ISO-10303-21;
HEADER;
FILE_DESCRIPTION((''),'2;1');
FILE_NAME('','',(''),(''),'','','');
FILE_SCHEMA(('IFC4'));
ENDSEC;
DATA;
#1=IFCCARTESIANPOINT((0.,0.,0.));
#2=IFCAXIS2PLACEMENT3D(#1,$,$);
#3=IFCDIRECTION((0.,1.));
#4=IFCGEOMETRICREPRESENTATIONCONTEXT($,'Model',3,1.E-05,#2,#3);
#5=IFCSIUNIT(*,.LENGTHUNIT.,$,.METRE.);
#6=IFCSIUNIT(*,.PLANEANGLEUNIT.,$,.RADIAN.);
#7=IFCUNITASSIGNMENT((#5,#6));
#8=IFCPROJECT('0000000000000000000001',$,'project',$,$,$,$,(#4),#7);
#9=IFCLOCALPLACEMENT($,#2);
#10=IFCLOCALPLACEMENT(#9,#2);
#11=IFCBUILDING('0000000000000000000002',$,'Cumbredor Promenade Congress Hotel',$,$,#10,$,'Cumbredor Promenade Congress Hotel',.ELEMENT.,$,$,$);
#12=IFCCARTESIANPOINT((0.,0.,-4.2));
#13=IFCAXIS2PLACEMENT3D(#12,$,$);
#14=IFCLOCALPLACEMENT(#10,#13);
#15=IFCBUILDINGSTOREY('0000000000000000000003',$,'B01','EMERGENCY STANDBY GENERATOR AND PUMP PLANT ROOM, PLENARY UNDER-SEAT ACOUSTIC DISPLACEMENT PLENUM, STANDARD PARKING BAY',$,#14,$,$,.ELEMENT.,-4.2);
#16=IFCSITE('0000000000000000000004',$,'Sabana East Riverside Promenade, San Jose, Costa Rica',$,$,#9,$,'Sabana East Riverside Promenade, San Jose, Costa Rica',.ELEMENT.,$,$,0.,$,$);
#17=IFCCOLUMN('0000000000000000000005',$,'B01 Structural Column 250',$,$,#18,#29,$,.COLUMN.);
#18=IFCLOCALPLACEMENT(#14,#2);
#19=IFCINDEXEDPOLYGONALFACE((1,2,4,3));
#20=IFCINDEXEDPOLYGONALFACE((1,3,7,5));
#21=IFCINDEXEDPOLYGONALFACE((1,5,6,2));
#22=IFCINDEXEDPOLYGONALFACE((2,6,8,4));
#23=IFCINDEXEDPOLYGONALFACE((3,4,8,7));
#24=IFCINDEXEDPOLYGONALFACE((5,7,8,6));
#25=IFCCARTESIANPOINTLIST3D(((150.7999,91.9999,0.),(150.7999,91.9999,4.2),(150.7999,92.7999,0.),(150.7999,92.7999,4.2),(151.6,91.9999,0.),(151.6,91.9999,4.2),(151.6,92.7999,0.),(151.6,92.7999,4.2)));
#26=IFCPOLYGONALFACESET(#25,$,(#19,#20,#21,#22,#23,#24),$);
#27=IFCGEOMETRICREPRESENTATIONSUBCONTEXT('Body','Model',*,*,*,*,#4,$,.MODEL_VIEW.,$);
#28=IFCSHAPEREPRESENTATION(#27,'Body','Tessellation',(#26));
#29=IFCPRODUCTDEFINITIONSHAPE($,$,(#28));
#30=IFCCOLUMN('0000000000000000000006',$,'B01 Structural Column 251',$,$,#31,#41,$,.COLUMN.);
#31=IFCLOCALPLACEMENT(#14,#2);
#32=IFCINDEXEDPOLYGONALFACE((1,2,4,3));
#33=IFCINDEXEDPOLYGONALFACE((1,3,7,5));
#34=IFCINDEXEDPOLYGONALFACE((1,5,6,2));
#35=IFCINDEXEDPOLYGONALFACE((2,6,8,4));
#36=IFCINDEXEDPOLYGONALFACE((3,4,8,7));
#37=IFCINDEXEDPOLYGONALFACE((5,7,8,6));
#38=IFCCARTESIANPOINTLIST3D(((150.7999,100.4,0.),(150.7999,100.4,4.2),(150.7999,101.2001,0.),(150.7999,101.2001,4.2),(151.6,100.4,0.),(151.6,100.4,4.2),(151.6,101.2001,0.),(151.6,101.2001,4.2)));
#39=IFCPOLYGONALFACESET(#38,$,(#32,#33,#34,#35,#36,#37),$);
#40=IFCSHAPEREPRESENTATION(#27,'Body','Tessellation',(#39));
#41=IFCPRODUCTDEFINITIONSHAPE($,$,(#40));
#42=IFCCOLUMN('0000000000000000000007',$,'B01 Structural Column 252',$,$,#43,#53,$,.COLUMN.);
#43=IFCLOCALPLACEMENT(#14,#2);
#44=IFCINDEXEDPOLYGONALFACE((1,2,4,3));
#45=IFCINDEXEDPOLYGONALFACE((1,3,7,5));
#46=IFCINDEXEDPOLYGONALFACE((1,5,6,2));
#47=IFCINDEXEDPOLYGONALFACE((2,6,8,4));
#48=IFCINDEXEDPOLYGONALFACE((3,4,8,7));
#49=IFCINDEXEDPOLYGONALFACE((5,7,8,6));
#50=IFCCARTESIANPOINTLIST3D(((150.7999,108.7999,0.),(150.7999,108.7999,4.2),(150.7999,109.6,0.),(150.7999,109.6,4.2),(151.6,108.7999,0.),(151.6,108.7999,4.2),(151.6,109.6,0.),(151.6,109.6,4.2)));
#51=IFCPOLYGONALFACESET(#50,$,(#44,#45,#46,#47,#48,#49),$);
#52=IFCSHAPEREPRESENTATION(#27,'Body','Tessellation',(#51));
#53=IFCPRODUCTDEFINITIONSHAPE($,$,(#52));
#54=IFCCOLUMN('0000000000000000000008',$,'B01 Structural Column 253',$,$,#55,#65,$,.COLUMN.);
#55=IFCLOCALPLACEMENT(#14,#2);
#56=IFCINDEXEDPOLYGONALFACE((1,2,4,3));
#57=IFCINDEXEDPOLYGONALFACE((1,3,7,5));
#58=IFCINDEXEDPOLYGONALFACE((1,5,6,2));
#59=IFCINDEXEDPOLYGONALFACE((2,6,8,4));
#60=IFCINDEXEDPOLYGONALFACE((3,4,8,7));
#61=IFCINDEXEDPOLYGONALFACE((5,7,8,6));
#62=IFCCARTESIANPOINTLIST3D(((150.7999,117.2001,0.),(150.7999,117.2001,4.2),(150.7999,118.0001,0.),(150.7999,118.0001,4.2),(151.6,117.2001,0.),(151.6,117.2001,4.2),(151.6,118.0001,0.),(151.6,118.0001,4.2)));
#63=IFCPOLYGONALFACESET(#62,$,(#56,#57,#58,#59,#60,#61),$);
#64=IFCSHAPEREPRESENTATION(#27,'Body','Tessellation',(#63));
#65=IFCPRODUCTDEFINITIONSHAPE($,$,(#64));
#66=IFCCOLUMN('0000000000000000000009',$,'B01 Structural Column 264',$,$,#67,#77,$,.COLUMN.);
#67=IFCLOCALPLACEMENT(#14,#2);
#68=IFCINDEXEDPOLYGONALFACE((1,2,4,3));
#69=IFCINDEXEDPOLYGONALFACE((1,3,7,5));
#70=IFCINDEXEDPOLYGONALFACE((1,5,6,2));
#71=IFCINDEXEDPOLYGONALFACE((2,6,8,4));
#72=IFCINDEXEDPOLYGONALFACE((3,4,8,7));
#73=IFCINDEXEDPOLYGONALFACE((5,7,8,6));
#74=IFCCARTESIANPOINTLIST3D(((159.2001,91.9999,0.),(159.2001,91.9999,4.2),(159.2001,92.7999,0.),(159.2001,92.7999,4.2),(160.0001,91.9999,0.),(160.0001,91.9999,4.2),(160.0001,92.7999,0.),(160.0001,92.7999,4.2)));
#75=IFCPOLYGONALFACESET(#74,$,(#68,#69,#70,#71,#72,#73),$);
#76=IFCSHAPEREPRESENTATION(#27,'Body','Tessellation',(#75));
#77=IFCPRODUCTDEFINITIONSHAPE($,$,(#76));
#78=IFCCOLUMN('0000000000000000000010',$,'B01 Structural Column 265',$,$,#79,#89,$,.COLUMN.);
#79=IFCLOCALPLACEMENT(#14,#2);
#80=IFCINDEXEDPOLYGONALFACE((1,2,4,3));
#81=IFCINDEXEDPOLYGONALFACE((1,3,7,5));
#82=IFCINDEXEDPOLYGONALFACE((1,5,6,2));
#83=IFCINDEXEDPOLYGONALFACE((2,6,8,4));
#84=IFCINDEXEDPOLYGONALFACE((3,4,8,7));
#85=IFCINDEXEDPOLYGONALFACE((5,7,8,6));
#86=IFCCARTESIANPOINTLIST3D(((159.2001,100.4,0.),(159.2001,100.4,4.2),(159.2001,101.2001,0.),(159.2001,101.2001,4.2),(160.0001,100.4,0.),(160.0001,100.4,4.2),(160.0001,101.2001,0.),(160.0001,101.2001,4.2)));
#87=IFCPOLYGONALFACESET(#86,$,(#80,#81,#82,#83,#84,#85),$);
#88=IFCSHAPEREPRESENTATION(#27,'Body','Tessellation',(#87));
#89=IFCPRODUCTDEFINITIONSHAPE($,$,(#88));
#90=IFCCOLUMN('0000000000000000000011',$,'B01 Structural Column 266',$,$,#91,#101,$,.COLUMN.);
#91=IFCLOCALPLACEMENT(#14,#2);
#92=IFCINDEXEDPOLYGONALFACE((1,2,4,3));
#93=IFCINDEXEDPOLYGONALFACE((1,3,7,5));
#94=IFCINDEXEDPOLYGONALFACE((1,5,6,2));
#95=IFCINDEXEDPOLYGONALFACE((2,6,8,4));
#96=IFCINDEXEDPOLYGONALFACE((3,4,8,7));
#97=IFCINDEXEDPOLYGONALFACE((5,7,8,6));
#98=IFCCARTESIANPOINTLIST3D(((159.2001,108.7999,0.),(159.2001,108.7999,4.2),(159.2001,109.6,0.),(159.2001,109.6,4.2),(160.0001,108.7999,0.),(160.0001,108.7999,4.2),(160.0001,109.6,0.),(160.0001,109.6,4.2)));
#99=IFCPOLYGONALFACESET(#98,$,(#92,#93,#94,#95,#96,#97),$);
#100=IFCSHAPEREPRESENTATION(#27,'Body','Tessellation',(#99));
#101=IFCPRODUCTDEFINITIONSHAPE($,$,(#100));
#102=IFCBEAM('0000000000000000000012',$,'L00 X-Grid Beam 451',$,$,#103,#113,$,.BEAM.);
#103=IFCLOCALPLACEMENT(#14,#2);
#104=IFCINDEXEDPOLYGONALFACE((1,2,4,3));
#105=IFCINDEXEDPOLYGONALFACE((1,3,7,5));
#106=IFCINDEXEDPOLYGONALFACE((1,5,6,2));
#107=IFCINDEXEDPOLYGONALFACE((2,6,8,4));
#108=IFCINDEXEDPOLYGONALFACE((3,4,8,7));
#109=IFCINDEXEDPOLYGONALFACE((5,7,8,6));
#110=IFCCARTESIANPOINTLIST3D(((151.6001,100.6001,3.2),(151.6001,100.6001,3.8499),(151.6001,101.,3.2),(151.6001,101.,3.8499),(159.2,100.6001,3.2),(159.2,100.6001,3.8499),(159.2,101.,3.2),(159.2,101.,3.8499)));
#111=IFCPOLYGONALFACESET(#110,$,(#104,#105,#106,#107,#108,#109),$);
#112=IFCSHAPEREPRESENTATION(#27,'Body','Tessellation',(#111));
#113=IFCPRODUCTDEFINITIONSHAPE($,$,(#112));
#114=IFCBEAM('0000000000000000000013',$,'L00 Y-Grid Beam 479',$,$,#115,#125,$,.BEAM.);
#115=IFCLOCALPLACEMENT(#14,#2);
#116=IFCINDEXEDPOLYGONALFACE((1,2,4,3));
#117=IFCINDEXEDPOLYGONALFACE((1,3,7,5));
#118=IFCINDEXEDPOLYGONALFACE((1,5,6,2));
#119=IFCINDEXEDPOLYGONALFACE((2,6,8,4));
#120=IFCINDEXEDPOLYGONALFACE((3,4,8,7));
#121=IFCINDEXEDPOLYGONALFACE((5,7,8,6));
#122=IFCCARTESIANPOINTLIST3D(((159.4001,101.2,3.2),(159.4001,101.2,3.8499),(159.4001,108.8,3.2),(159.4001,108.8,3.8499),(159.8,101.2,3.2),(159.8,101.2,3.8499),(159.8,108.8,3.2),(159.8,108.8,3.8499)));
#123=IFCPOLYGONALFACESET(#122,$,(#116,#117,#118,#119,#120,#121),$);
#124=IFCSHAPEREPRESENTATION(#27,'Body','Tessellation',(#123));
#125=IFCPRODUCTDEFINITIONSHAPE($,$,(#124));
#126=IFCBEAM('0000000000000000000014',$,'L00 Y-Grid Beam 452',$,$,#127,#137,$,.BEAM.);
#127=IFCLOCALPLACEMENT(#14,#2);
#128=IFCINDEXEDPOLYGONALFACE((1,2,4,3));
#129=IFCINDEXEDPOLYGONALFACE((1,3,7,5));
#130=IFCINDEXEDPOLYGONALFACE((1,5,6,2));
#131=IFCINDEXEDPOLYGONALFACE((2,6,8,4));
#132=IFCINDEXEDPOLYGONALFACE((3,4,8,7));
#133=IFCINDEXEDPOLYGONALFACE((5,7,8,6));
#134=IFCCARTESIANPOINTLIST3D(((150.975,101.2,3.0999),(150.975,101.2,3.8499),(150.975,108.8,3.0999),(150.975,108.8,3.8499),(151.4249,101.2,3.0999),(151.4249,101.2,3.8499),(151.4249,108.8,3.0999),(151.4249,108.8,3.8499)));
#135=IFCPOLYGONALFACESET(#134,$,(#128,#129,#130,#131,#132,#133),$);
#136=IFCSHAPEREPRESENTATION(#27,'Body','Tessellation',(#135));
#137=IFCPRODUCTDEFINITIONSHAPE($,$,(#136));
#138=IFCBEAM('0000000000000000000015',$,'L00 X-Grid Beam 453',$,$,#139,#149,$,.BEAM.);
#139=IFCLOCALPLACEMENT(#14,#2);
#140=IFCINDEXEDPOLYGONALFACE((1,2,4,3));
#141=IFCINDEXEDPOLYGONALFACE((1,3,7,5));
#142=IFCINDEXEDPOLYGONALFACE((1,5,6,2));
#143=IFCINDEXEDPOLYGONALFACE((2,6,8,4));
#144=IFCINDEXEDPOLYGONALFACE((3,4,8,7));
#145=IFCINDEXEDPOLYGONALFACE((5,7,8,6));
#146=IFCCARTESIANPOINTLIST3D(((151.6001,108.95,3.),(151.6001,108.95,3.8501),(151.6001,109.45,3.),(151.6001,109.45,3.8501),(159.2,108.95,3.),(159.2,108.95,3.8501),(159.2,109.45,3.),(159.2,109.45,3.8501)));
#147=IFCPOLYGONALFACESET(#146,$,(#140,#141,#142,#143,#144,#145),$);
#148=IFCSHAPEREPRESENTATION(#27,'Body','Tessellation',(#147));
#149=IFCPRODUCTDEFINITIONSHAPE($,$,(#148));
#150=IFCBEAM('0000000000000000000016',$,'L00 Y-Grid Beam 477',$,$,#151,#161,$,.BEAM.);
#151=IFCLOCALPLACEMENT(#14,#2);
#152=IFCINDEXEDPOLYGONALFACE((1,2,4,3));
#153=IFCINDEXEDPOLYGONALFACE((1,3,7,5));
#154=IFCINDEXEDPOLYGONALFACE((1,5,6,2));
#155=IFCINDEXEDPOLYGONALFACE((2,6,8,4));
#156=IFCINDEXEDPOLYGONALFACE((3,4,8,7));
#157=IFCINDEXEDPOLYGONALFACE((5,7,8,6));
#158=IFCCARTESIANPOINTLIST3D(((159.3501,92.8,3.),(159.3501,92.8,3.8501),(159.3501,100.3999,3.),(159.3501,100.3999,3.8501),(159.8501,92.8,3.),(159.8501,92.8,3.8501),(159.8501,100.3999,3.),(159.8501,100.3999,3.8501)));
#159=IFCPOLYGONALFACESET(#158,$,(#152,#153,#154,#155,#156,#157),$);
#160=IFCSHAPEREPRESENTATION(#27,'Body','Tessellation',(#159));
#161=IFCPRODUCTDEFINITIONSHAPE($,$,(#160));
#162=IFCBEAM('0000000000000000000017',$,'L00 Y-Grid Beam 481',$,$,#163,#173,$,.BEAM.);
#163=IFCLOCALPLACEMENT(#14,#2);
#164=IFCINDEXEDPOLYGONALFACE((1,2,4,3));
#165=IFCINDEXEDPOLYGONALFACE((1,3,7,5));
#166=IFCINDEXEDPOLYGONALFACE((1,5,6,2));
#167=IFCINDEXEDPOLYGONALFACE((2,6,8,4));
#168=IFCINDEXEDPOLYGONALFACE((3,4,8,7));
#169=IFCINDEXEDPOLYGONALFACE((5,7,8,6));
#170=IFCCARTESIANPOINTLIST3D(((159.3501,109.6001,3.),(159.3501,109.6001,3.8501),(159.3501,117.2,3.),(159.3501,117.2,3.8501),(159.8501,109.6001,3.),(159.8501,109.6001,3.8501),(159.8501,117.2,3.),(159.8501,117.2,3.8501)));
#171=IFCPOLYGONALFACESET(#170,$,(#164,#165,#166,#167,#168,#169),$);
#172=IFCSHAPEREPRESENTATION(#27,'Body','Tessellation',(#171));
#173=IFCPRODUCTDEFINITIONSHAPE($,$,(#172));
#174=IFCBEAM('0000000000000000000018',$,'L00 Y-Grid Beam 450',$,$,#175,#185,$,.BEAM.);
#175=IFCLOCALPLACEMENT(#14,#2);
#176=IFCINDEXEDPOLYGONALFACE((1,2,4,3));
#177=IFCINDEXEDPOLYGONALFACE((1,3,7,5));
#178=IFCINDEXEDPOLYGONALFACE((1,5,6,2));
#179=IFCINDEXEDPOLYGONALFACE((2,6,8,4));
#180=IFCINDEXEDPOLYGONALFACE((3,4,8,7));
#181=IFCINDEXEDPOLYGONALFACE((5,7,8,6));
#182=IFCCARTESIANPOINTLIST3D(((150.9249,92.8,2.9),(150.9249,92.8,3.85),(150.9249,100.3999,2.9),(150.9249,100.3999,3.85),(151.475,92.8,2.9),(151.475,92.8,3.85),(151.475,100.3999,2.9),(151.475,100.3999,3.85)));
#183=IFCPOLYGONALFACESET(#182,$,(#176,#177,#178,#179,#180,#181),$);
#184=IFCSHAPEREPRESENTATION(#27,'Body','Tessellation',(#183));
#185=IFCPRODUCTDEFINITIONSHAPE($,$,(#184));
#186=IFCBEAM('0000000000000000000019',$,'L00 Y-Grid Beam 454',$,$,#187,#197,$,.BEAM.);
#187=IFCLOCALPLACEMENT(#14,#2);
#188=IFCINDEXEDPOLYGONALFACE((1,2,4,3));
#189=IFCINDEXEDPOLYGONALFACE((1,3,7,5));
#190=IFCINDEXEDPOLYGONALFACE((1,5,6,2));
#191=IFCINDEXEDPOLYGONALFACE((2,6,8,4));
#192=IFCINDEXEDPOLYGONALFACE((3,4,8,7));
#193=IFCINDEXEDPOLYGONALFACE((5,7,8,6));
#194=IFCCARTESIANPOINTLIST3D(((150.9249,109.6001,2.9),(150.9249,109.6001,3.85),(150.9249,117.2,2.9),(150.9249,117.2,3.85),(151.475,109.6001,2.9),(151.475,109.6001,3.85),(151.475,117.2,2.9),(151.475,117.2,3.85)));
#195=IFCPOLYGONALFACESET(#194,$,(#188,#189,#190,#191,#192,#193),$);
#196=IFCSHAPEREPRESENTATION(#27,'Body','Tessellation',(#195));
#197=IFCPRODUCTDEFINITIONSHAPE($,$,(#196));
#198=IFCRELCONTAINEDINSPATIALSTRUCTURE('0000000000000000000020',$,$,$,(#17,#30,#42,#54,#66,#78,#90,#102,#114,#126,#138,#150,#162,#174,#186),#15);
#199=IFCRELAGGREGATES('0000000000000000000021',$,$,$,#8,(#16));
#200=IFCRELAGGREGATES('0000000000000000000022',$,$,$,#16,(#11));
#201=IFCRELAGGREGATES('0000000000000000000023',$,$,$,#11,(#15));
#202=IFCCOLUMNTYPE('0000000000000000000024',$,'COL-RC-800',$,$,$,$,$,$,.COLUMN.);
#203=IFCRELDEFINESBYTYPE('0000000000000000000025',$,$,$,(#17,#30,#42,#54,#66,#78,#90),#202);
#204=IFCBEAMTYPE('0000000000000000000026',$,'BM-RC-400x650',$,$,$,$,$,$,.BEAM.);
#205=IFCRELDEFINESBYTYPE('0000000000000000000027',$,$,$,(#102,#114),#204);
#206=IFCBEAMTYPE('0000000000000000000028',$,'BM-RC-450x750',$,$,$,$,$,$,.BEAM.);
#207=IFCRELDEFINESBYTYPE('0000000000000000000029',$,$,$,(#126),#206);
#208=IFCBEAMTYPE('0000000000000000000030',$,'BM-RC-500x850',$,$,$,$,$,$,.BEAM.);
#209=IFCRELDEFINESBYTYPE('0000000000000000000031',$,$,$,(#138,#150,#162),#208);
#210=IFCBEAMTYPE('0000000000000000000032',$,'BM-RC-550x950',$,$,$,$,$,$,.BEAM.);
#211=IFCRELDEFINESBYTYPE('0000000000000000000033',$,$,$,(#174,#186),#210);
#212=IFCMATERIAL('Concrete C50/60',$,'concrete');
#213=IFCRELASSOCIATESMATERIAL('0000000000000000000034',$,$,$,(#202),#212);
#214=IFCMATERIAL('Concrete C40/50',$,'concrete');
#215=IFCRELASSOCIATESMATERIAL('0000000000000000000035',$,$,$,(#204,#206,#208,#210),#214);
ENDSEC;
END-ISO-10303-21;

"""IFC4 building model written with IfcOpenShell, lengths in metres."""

from ifc_helpers import new_model, si_unit, direction, frame, origin, origin_2d, place, context, subcontext, project, spatial, rectangle, extrude, material, material_profile, profile_set, type_object, element, save


model = new_model("IFC4")

# Units and contexts
model_context = context("Model", 3, precision=1e-05, world=origin(), true_north=direction((0.0, 1.0)))
body_context = subcontext(model_context, "Body", "Model", "MODEL_VIEW")
ifc_project = project(units=[si_unit("LENGTHUNIT", "METRE"), si_unit("PLANEANGLEUNIT", "RADIAN")], contexts=[model_context])

# Site, building, storey
site_placement = place(None, origin())
site = spatial("IfcSite", under=ifc_project, at=site_placement, Name="Sabana East Riverside Promenade, San Jose, Costa Rica", LongName="Sabana East Riverside Promenade, San Jose, Costa Rica", CompositionType="ELEMENT", RefElevation=0.0)
building_placement = place(site_placement, origin())
building = spatial("IfcBuilding", under=site, at=building_placement, Name="Cumbredor Promenade Congress Hotel", LongName="Cumbredor Promenade Congress Hotel", CompositionType="ELEMENT")
storey_placement = place(building_placement, frame((0.0, 0.0, -4.2)))
storey = spatial("IfcBuildingStorey", under=building, at=storey_placement, Name="B01", Description="EMERGENCY STANDBY GENERATOR AND PUMP PLANT ROOM, PLENARY UNDER-SEAT ACOUSTIC DISPLACEMENT PLENUM, STANDARD PARKING BAY", CompositionType="ELEMENT", Elevation=-4.2)

# Columns
ifc_material_1 = material(Name="Concrete C50/60", Category="concrete")
ifc_material_profile_1 = material_profile(ifc_material_1, rectangle(XDim=0.8, YDim=0.8, at=origin_2d()), Name="RC 800x800")
ifc_profile_set_1 = profile_set([ifc_material_profile_1], Name="Concrete C50/60")
column_type = type_object("IfcColumnType", Name="COL-RC-800", PredefinedType="COLUMN", material=ifc_profile_set_1)
for number, where, z_axis, x_axis, name in (
    (1, (151.2, 92.3999, 0.0), (0.0, 0.0, 1.0), (1.0, 0.0, 0.0), "B01 Structural Column 250"),
    (2, (151.2, 100.8, 0.0), (0.0, 0.0, 1.0), (1.0, 0.0, 0.0), "B01 Structural Column 251"),
    (3, (151.2, 109.2, 0.0), (0.0, 0.0, 1.0), (1.0, 0.0, 0.0), "B01 Structural Column 252"),
    (4, (151.2, 117.6001, 0.0), (0.0, 0.0, 1.0), (1.0, 0.0, 0.0), "B01 Structural Column 253"),
    (5, (159.6001, 92.3999, 0.0), (0.0, 0.0, 1.0), (1.0, 0.0, 0.0), "B01 Structural Column 264"),
    (6, (159.6001, 100.8, 0.0), (0.0, 0.0, 1.0), (1.0, 0.0, 0.0), "B01 Structural Column 265"),
    (7, (159.6001, 109.2, 0.0), (0.0, 0.0, 1.0), (1.0, 0.0, 0.0), "B01 Structural Column 266"),
):
    element("IfcColumn", number, at=place(storey_placement, frame(where, z_axis=z_axis, x_axis=x_axis)), inside=storey, type_object=column_type, Name=name, PredefinedType="COLUMN", context=body_context, shape_type="SweptSolid", body=[
        extrude(rectangle(XDim=0.8, YDim=0.8, at=origin_2d()), origin(), (0.0, 0.0, 1.0), 4.2),
    ])

# Beams
ifc_material_2 = material(Name="Concrete C40/50", Category="concrete")
ifc_material_profile_2 = material_profile(ifc_material_2, rectangle(XDim=0.3999, YDim=0.6499, at=origin_2d()), Name="RC BEAM 400x650")
ifc_profile_set_2 = profile_set([ifc_material_profile_2], Name="Concrete C40/50")
beam_type_1 = type_object("IfcBeamType", Name="BM-RC-400x650", PredefinedType="BEAM", material=ifc_profile_set_2)
beam_1_placement = place(storey_placement, frame((151.6001, 100.8, 3.5249), z_axis=(1.0, 0.0, 0.0), x_axis=(0.0, 1.0, 0.0)))
element("IfcBeam", 8, at=beam_1_placement, inside=storey, type_object=beam_type_1, Name="L00 X-Grid Beam 451", PredefinedType="BEAM", context=body_context, shape_type="SweptSolid", body=[
    extrude(rectangle(XDim=0.3999, YDim=0.6499, at=origin_2d()), origin(), (0.0, 0.0, 1.0), 7.5999),
])
beam_2_placement = place(storey_placement, frame((159.6001, 101.2, 3.5249), z_axis=(0.0, 1.0, 0.0), x_axis=(-1.0, 0.0, 0.0)))
element("IfcBeam", 9, at=beam_2_placement, inside=storey, type_object=beam_type_1, Name="L00 Y-Grid Beam 479", PredefinedType="BEAM", context=body_context, shape_type="SweptSolid", body=[
    extrude(rectangle(XDim=0.3999, YDim=0.6499, at=origin_2d()), origin(), (0.0, 0.0, 1.0), 7.6001),
])
ifc_material_profile_3 = material_profile(ifc_material_2, rectangle(XDim=0.45, YDim=0.75, at=origin_2d()), Name="RC BEAM 450x750")
ifc_profile_set_3 = profile_set([ifc_material_profile_3], Name="Concrete C40/50")
beam_type_2 = type_object("IfcBeamType", Name="BM-RC-450x750", PredefinedType="BEAM", material=ifc_profile_set_3)
beam_3_placement = place(storey_placement, frame((151.2, 101.2, 3.4749), z_axis=(0.0, 1.0, 0.0), x_axis=(-1.0, 0.0, 0.0)))
element("IfcBeam", 10, at=beam_3_placement, inside=storey, type_object=beam_type_2, Name="L00 Y-Grid Beam 452", PredefinedType="BEAM", context=body_context, shape_type="SweptSolid", body=[
    extrude(rectangle(XDim=0.45, YDim=0.75, at=origin_2d()), origin(), (0.0, 0.0, 1.0), 7.6001),
])
ifc_material_profile_4 = material_profile(ifc_material_2, rectangle(XDim=0.5, YDim=0.8501, at=origin_2d()), Name="RC BEAM 500x850")
ifc_profile_set_4 = profile_set([ifc_material_profile_4], Name="Concrete C40/50")
beam_type_3 = type_object("IfcBeamType", Name="BM-RC-500x850", PredefinedType="BEAM", material=ifc_profile_set_4)
for number, where, z_axis, x_axis, name in (
    (11, (151.6001, 109.2, 3.425), (1.0, 0.0, 0.0), (0.0, 1.0, 0.0), "L00 X-Grid Beam 453"),
    (12, (159.6001, 92.8, 3.425), (0.0, 1.0, 0.0), (-1.0, 0.0, 0.0), "L00 Y-Grid Beam 477"),
    (13, (159.6001, 109.6001, 3.425), (0.0, 1.0, 0.0), (-1.0, 0.0, 0.0), "L00 Y-Grid Beam 481"),
):
    element("IfcBeam", number, at=place(storey_placement, frame(where, z_axis=z_axis, x_axis=x_axis)), inside=storey, type_object=beam_type_3, Name=name, PredefinedType="BEAM", context=body_context, shape_type="SweptSolid", body=[
        extrude(rectangle(XDim=0.5, YDim=0.8501, at=origin_2d()), origin(), (0.0, 0.0, 1.0), 7.5999),
    ])
ifc_material_profile_5 = material_profile(ifc_material_2, rectangle(XDim=0.55, YDim=0.95, at=origin_2d()), Name="RC BEAM 550x950")
ifc_profile_set_5 = profile_set([ifc_material_profile_5], Name="Concrete C40/50")
beam_type_4 = type_object("IfcBeamType", Name="BM-RC-550x950", PredefinedType="BEAM", material=ifc_profile_set_5)
for number, where, z_axis, x_axis, name in (
    (14, (151.2, 92.8, 3.375), (0.0, 1.0, 0.0), (-1.0, 0.0, 0.0), "L00 Y-Grid Beam 450"),
    (15, (151.2, 109.6001, 3.375), (0.0, 1.0, 0.0), (-1.0, 0.0, 0.0), "L00 Y-Grid Beam 454"),
):
    element("IfcBeam", number, at=place(storey_placement, frame(where, z_axis=z_axis, x_axis=x_axis)), inside=storey, type_object=beam_type_4, Name=name, PredefinedType="BEAM", context=body_context, shape_type="SweptSolid", body=[
        extrude(rectangle(XDim=0.55, YDim=0.95, at=origin_2d()), origin(), (0.0, 0.0, 1.0), 7.5999),
    ])

save(model, "model.ifc")
